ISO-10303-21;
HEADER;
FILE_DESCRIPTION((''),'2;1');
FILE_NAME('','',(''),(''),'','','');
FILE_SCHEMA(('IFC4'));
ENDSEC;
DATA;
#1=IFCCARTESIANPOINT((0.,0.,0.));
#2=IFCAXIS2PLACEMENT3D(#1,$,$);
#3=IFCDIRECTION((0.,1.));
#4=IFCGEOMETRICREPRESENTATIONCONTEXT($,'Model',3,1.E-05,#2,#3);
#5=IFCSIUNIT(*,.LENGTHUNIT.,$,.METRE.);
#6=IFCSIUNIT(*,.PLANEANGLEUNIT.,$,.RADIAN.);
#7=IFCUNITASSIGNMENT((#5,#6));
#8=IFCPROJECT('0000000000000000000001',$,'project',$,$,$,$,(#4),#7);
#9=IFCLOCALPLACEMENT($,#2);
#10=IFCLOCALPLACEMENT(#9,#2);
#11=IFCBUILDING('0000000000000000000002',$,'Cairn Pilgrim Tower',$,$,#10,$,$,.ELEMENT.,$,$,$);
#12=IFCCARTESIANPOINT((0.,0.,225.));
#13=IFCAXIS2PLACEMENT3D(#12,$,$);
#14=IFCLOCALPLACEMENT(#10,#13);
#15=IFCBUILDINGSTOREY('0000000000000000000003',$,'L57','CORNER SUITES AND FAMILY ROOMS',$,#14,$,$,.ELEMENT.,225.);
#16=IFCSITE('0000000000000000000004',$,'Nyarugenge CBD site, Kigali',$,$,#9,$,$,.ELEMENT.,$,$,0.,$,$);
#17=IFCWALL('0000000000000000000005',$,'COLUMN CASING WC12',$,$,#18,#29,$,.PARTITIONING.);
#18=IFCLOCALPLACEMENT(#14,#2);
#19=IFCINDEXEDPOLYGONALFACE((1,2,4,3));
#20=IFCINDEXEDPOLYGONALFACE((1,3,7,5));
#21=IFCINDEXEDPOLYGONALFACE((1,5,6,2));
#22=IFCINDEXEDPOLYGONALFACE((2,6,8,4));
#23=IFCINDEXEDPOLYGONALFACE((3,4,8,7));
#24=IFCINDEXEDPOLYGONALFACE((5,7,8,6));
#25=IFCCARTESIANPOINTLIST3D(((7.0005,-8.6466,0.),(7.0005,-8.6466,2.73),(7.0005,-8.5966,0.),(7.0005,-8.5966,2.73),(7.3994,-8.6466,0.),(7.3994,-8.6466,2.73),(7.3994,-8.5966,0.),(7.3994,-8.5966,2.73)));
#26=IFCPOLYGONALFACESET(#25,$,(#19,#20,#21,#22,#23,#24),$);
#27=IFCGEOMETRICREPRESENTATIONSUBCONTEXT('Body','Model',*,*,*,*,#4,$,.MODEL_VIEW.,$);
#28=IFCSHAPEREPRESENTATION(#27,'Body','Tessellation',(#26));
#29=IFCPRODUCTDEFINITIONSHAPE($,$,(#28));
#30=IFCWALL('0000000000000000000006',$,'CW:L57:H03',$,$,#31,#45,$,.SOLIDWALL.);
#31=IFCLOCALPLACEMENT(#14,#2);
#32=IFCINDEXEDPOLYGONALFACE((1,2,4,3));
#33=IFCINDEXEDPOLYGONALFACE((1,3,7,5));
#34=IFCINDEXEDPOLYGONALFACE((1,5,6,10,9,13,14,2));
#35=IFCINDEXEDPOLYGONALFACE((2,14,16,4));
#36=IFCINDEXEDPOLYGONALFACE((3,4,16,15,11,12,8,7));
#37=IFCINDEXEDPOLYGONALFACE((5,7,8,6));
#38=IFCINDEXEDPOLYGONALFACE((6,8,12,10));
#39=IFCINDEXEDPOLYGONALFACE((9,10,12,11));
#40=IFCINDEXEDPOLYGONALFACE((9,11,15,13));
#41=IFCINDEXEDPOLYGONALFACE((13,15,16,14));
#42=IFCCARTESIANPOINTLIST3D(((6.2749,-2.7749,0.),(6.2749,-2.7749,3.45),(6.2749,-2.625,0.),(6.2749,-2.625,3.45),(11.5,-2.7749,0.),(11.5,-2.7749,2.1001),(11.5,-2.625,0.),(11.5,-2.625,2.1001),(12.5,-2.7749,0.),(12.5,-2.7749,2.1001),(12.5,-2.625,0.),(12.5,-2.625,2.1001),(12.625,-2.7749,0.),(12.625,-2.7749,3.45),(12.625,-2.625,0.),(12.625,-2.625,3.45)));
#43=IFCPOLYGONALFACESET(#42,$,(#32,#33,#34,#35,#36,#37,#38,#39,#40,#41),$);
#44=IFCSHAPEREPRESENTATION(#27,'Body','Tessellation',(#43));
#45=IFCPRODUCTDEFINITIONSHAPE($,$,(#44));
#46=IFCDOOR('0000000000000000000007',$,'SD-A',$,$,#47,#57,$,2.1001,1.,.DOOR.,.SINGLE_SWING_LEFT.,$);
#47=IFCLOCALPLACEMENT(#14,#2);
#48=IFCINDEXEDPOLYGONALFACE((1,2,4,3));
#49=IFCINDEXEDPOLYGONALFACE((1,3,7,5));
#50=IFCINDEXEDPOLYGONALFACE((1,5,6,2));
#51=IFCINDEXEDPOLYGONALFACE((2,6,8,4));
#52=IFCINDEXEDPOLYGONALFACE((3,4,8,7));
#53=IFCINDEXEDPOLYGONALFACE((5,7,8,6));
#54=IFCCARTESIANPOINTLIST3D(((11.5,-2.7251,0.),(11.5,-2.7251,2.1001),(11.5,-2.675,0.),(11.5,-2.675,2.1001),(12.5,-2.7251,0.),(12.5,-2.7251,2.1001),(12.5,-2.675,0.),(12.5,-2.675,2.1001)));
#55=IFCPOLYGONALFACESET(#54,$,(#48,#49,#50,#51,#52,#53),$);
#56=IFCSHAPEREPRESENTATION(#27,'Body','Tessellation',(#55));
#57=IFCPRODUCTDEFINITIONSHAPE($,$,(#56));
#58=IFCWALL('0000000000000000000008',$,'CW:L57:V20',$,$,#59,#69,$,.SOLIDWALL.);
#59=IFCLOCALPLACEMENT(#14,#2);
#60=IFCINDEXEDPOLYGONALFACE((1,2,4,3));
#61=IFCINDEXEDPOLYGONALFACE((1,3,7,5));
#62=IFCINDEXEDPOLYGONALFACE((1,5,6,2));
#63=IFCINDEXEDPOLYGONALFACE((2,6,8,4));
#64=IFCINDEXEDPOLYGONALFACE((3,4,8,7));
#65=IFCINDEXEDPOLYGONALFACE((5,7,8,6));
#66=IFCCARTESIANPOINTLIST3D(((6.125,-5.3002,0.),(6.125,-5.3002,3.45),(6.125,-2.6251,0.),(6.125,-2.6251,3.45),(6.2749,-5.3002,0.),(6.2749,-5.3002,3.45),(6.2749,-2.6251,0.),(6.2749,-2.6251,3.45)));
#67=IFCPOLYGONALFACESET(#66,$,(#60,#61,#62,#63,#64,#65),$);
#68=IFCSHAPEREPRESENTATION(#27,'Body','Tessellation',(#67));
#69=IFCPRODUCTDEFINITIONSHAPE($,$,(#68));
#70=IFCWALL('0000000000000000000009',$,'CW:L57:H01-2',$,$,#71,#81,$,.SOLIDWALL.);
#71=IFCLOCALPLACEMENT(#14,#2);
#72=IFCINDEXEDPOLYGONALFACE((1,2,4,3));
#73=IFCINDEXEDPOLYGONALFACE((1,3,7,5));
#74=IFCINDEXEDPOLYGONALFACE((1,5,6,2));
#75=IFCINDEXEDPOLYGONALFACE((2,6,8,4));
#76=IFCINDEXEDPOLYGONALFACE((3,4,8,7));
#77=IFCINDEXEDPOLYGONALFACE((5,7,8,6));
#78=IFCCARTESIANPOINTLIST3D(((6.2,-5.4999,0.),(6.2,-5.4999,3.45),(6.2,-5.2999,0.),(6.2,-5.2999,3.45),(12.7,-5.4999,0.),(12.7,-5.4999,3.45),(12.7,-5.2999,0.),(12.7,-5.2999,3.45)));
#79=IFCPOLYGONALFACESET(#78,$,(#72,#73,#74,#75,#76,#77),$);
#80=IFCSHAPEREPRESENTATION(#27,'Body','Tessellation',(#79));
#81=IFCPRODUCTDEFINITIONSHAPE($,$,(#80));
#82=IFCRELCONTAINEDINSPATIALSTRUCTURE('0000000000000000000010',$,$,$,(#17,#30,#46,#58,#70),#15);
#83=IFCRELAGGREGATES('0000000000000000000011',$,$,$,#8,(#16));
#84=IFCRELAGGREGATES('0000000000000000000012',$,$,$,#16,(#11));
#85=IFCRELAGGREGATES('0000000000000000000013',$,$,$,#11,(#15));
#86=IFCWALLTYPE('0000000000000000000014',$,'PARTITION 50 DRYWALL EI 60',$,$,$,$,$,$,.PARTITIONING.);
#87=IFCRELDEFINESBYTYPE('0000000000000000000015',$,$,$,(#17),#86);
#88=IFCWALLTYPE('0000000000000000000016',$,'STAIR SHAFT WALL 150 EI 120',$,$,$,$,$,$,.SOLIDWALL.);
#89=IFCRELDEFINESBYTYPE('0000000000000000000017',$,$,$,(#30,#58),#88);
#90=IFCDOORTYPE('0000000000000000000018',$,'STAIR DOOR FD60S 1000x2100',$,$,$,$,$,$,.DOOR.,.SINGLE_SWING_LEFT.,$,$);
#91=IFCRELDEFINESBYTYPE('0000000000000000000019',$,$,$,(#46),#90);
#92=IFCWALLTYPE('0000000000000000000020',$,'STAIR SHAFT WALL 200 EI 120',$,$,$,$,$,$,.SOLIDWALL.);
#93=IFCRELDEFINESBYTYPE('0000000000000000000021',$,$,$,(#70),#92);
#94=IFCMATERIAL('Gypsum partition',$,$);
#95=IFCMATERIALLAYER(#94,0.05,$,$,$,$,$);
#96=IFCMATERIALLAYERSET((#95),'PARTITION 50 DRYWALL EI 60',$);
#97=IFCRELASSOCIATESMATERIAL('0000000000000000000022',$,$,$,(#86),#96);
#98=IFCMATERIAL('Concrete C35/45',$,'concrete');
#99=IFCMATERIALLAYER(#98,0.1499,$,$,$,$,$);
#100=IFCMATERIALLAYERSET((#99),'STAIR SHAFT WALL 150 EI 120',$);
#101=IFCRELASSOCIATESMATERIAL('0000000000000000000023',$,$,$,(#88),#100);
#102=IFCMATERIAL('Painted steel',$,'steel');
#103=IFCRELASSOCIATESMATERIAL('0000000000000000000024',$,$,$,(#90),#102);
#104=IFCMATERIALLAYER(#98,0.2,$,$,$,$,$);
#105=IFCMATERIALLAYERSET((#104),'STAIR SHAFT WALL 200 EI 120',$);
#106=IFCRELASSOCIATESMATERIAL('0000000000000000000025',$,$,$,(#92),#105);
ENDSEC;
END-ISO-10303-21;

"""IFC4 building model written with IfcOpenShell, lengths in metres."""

from ifc_helpers import new_model, si_unit, direction, frame, frame_2d, origin, place, context, subcontext, project, spatial, rectangle, extrude, material, layer, layer_set, type_object, element, fill, save


model = new_model("IFC4")

# Units and contexts
model_context = context("Model", 3, precision=1e-05, world=origin(), true_north=direction((0.0, 1.0)))
body_context = subcontext(model_context, "Body", "Model", "MODEL_VIEW")
ifc_project = project(units=[si_unit("LENGTHUNIT", "METRE"), si_unit("PLANEANGLEUNIT", "RADIAN")], contexts=[model_context])

# Site, building, storey
site_placement = place(None, origin())
site = spatial("IfcSite", under=ifc_project, at=site_placement, Name="Nyarugenge CBD site, Kigali", CompositionType="ELEMENT", RefElevation=0.0)
building_placement = place(site_placement, origin())
building = spatial("IfcBuilding", under=site, at=building_placement, Name="Cairn Pilgrim Tower", CompositionType="ELEMENT")
storey_placement = place(building_placement, frame((0.0, 0.0, 225.0)))
storey = spatial("IfcBuildingStorey", under=building, at=storey_placement, Name="L57", Description="CORNER SUITES AND FAMILY ROOMS", CompositionType="ELEMENT", Elevation=225.0)

# Shared definitions
ifc_material_1 = material(Name="Painted steel", Category="steel")

# Wall
ifc_material_2 = material(Name="Gypsum partition")
ifc_layer_1 = layer(ifc_material_2, 0.05)
ifc_layer_set_1 = layer_set([ifc_layer_1], Name="PARTITION 50 DRYWALL EI 60")
wall_type_1 = type_object("IfcWallType", Name="PARTITION 50 DRYWALL EI 60", PredefinedType="PARTITIONING", material=ifc_layer_set_1)
wall_1_placement = place(storey_placement, frame((7.0005, -8.6216, 0.0), z_axis=(0.0, 0.0, 1.0), x_axis=(1.0, 0.0, 0.0)))
element("IfcWall", 1, at=wall_1_placement, inside=storey, type_object=wall_type_1, Name="COLUMN CASING WC12", PredefinedType="PARTITIONING", context=body_context, shape_type="SweptSolid", body=[
    extrude(rectangle(XDim=0.3989, YDim=0.05, at=frame_2d((0.1995, 0.0))), origin(), (0.0, 0.0, 1.0), 2.73),
])

# Wall, opening, door
ifc_material_3 = material(Name="Concrete C35/45", Category="concrete")
ifc_layer_2 = layer(ifc_material_3, 0.1499)
ifc_layer_set_2 = layer_set([ifc_layer_2], Name="STAIR SHAFT WALL 150 EI 120")
wall_type_2 = type_object("IfcWallType", Name="STAIR SHAFT WALL 150 EI 120", PredefinedType="SOLIDWALL", material=ifc_layer_set_2)
wall_2_placement = place(storey_placement, frame((6.2749, -2.7, 0.0), z_axis=(0.0, 0.0, 1.0), x_axis=(1.0, 0.0, 0.0)))
wall_2 = element("IfcWall", 2, at=wall_2_placement, inside=storey, type_object=wall_type_2, Name="CW:L57:H03", PredefinedType="SOLIDWALL", context=body_context, shape_type="SweptSolid", body=[
    extrude(rectangle(XDim=6.3501, YDim=0.1499, at=frame_2d((3.175, 0.0))), origin(), (0.0, 0.0, 1.0), 3.45),
])
opening_1_placement = place(wall_2_placement, frame((5.2251, 0.0, 0.0)))
opening_1 = element("IfcOpeningElement", 3, at=opening_1_placement, cuts=wall_2, PredefinedType="OPENING", context=body_context, shape_type="SweptSolid", body=[
    extrude(rectangle(XDim=1.0, YDim=2.1001, at=frame_2d((0.5, 1.05))), frame((0.0, 0.085, 0.0), z_axis=(0.0, -1.0, 0.0), x_axis=(1.0, 0.0, 0.0)), (0.0, 0.0, 1.0), 0.1699),
])
door_type_1 = type_object("IfcDoorType", Name="STAIR DOOR FD60S 1000x2100", OperationType="SINGLE_SWING_LEFT", PredefinedType="DOOR", material=ifc_material_1)
door_1_placement = place(opening_1_placement, origin())
door_1 = element("IfcDoor", 4, at=door_1_placement, inside=storey, type_object=door_type_1, Name="SD-A", OperationType="SINGLE_SWING_LEFT", OverallHeight=2.1001, OverallWidth=1.0, PredefinedType="DOOR", context=body_context, shape_type="SweptSolid", body=[
    extrude(rectangle(XDim=1.0, YDim=2.1001, at=frame_2d((0.5, 1.05))), frame((0.0, 0.0249, 0.0), z_axis=(0.0, -1.0, 0.0), x_axis=(1.0, 0.0, 0.0)), (0.0, 0.0, 1.0), 0.05),
])
fill(opening_1, door_1)

# Walls
wall_3_placement = place(storey_placement, frame((6.2, -5.3, 0.0), z_axis=(0.0, 0.0, 1.0), x_axis=(0.0, 1.0, 0.0)))
element("IfcWall", 5, at=wall_3_placement, inside=storey, type_object=wall_type_2, Name="CW:L57:V20", PredefinedType="SOLIDWALL", context=body_context, shape_type="SweptSolid", body=[
    extrude(rectangle(XDim=2.675, YDim=0.1499, at=frame_2d((1.3374, 0.0))), origin(), (0.0, 0.0, 1.0), 3.45),
])
ifc_layer_3 = layer(ifc_material_3, 0.2)
ifc_layer_set_3 = layer_set([ifc_layer_3], Name="STAIR SHAFT WALL 200 EI 120")
wall_type_3 = type_object("IfcWallType", Name="STAIR SHAFT WALL 200 EI 120", PredefinedType="SOLIDWALL", material=ifc_layer_set_3)
wall_4_placement = place(storey_placement, frame((6.2, -5.3999, 0.0), z_axis=(0.0, 0.0, 1.0), x_axis=(1.0, 0.0, 0.0)))
element("IfcWall", 6, at=wall_4_placement, inside=storey, type_object=wall_type_3, Name="CW:L57:H01-2", PredefinedType="SOLIDWALL", context=body_context, shape_type="SweptSolid", body=[
    extrude(rectangle(XDim=6.5, YDim=0.2, at=frame_2d((3.25, 0.0))), origin(), (0.0, 0.0, 1.0), 3.45),
])

save(model, "model.ifc")
